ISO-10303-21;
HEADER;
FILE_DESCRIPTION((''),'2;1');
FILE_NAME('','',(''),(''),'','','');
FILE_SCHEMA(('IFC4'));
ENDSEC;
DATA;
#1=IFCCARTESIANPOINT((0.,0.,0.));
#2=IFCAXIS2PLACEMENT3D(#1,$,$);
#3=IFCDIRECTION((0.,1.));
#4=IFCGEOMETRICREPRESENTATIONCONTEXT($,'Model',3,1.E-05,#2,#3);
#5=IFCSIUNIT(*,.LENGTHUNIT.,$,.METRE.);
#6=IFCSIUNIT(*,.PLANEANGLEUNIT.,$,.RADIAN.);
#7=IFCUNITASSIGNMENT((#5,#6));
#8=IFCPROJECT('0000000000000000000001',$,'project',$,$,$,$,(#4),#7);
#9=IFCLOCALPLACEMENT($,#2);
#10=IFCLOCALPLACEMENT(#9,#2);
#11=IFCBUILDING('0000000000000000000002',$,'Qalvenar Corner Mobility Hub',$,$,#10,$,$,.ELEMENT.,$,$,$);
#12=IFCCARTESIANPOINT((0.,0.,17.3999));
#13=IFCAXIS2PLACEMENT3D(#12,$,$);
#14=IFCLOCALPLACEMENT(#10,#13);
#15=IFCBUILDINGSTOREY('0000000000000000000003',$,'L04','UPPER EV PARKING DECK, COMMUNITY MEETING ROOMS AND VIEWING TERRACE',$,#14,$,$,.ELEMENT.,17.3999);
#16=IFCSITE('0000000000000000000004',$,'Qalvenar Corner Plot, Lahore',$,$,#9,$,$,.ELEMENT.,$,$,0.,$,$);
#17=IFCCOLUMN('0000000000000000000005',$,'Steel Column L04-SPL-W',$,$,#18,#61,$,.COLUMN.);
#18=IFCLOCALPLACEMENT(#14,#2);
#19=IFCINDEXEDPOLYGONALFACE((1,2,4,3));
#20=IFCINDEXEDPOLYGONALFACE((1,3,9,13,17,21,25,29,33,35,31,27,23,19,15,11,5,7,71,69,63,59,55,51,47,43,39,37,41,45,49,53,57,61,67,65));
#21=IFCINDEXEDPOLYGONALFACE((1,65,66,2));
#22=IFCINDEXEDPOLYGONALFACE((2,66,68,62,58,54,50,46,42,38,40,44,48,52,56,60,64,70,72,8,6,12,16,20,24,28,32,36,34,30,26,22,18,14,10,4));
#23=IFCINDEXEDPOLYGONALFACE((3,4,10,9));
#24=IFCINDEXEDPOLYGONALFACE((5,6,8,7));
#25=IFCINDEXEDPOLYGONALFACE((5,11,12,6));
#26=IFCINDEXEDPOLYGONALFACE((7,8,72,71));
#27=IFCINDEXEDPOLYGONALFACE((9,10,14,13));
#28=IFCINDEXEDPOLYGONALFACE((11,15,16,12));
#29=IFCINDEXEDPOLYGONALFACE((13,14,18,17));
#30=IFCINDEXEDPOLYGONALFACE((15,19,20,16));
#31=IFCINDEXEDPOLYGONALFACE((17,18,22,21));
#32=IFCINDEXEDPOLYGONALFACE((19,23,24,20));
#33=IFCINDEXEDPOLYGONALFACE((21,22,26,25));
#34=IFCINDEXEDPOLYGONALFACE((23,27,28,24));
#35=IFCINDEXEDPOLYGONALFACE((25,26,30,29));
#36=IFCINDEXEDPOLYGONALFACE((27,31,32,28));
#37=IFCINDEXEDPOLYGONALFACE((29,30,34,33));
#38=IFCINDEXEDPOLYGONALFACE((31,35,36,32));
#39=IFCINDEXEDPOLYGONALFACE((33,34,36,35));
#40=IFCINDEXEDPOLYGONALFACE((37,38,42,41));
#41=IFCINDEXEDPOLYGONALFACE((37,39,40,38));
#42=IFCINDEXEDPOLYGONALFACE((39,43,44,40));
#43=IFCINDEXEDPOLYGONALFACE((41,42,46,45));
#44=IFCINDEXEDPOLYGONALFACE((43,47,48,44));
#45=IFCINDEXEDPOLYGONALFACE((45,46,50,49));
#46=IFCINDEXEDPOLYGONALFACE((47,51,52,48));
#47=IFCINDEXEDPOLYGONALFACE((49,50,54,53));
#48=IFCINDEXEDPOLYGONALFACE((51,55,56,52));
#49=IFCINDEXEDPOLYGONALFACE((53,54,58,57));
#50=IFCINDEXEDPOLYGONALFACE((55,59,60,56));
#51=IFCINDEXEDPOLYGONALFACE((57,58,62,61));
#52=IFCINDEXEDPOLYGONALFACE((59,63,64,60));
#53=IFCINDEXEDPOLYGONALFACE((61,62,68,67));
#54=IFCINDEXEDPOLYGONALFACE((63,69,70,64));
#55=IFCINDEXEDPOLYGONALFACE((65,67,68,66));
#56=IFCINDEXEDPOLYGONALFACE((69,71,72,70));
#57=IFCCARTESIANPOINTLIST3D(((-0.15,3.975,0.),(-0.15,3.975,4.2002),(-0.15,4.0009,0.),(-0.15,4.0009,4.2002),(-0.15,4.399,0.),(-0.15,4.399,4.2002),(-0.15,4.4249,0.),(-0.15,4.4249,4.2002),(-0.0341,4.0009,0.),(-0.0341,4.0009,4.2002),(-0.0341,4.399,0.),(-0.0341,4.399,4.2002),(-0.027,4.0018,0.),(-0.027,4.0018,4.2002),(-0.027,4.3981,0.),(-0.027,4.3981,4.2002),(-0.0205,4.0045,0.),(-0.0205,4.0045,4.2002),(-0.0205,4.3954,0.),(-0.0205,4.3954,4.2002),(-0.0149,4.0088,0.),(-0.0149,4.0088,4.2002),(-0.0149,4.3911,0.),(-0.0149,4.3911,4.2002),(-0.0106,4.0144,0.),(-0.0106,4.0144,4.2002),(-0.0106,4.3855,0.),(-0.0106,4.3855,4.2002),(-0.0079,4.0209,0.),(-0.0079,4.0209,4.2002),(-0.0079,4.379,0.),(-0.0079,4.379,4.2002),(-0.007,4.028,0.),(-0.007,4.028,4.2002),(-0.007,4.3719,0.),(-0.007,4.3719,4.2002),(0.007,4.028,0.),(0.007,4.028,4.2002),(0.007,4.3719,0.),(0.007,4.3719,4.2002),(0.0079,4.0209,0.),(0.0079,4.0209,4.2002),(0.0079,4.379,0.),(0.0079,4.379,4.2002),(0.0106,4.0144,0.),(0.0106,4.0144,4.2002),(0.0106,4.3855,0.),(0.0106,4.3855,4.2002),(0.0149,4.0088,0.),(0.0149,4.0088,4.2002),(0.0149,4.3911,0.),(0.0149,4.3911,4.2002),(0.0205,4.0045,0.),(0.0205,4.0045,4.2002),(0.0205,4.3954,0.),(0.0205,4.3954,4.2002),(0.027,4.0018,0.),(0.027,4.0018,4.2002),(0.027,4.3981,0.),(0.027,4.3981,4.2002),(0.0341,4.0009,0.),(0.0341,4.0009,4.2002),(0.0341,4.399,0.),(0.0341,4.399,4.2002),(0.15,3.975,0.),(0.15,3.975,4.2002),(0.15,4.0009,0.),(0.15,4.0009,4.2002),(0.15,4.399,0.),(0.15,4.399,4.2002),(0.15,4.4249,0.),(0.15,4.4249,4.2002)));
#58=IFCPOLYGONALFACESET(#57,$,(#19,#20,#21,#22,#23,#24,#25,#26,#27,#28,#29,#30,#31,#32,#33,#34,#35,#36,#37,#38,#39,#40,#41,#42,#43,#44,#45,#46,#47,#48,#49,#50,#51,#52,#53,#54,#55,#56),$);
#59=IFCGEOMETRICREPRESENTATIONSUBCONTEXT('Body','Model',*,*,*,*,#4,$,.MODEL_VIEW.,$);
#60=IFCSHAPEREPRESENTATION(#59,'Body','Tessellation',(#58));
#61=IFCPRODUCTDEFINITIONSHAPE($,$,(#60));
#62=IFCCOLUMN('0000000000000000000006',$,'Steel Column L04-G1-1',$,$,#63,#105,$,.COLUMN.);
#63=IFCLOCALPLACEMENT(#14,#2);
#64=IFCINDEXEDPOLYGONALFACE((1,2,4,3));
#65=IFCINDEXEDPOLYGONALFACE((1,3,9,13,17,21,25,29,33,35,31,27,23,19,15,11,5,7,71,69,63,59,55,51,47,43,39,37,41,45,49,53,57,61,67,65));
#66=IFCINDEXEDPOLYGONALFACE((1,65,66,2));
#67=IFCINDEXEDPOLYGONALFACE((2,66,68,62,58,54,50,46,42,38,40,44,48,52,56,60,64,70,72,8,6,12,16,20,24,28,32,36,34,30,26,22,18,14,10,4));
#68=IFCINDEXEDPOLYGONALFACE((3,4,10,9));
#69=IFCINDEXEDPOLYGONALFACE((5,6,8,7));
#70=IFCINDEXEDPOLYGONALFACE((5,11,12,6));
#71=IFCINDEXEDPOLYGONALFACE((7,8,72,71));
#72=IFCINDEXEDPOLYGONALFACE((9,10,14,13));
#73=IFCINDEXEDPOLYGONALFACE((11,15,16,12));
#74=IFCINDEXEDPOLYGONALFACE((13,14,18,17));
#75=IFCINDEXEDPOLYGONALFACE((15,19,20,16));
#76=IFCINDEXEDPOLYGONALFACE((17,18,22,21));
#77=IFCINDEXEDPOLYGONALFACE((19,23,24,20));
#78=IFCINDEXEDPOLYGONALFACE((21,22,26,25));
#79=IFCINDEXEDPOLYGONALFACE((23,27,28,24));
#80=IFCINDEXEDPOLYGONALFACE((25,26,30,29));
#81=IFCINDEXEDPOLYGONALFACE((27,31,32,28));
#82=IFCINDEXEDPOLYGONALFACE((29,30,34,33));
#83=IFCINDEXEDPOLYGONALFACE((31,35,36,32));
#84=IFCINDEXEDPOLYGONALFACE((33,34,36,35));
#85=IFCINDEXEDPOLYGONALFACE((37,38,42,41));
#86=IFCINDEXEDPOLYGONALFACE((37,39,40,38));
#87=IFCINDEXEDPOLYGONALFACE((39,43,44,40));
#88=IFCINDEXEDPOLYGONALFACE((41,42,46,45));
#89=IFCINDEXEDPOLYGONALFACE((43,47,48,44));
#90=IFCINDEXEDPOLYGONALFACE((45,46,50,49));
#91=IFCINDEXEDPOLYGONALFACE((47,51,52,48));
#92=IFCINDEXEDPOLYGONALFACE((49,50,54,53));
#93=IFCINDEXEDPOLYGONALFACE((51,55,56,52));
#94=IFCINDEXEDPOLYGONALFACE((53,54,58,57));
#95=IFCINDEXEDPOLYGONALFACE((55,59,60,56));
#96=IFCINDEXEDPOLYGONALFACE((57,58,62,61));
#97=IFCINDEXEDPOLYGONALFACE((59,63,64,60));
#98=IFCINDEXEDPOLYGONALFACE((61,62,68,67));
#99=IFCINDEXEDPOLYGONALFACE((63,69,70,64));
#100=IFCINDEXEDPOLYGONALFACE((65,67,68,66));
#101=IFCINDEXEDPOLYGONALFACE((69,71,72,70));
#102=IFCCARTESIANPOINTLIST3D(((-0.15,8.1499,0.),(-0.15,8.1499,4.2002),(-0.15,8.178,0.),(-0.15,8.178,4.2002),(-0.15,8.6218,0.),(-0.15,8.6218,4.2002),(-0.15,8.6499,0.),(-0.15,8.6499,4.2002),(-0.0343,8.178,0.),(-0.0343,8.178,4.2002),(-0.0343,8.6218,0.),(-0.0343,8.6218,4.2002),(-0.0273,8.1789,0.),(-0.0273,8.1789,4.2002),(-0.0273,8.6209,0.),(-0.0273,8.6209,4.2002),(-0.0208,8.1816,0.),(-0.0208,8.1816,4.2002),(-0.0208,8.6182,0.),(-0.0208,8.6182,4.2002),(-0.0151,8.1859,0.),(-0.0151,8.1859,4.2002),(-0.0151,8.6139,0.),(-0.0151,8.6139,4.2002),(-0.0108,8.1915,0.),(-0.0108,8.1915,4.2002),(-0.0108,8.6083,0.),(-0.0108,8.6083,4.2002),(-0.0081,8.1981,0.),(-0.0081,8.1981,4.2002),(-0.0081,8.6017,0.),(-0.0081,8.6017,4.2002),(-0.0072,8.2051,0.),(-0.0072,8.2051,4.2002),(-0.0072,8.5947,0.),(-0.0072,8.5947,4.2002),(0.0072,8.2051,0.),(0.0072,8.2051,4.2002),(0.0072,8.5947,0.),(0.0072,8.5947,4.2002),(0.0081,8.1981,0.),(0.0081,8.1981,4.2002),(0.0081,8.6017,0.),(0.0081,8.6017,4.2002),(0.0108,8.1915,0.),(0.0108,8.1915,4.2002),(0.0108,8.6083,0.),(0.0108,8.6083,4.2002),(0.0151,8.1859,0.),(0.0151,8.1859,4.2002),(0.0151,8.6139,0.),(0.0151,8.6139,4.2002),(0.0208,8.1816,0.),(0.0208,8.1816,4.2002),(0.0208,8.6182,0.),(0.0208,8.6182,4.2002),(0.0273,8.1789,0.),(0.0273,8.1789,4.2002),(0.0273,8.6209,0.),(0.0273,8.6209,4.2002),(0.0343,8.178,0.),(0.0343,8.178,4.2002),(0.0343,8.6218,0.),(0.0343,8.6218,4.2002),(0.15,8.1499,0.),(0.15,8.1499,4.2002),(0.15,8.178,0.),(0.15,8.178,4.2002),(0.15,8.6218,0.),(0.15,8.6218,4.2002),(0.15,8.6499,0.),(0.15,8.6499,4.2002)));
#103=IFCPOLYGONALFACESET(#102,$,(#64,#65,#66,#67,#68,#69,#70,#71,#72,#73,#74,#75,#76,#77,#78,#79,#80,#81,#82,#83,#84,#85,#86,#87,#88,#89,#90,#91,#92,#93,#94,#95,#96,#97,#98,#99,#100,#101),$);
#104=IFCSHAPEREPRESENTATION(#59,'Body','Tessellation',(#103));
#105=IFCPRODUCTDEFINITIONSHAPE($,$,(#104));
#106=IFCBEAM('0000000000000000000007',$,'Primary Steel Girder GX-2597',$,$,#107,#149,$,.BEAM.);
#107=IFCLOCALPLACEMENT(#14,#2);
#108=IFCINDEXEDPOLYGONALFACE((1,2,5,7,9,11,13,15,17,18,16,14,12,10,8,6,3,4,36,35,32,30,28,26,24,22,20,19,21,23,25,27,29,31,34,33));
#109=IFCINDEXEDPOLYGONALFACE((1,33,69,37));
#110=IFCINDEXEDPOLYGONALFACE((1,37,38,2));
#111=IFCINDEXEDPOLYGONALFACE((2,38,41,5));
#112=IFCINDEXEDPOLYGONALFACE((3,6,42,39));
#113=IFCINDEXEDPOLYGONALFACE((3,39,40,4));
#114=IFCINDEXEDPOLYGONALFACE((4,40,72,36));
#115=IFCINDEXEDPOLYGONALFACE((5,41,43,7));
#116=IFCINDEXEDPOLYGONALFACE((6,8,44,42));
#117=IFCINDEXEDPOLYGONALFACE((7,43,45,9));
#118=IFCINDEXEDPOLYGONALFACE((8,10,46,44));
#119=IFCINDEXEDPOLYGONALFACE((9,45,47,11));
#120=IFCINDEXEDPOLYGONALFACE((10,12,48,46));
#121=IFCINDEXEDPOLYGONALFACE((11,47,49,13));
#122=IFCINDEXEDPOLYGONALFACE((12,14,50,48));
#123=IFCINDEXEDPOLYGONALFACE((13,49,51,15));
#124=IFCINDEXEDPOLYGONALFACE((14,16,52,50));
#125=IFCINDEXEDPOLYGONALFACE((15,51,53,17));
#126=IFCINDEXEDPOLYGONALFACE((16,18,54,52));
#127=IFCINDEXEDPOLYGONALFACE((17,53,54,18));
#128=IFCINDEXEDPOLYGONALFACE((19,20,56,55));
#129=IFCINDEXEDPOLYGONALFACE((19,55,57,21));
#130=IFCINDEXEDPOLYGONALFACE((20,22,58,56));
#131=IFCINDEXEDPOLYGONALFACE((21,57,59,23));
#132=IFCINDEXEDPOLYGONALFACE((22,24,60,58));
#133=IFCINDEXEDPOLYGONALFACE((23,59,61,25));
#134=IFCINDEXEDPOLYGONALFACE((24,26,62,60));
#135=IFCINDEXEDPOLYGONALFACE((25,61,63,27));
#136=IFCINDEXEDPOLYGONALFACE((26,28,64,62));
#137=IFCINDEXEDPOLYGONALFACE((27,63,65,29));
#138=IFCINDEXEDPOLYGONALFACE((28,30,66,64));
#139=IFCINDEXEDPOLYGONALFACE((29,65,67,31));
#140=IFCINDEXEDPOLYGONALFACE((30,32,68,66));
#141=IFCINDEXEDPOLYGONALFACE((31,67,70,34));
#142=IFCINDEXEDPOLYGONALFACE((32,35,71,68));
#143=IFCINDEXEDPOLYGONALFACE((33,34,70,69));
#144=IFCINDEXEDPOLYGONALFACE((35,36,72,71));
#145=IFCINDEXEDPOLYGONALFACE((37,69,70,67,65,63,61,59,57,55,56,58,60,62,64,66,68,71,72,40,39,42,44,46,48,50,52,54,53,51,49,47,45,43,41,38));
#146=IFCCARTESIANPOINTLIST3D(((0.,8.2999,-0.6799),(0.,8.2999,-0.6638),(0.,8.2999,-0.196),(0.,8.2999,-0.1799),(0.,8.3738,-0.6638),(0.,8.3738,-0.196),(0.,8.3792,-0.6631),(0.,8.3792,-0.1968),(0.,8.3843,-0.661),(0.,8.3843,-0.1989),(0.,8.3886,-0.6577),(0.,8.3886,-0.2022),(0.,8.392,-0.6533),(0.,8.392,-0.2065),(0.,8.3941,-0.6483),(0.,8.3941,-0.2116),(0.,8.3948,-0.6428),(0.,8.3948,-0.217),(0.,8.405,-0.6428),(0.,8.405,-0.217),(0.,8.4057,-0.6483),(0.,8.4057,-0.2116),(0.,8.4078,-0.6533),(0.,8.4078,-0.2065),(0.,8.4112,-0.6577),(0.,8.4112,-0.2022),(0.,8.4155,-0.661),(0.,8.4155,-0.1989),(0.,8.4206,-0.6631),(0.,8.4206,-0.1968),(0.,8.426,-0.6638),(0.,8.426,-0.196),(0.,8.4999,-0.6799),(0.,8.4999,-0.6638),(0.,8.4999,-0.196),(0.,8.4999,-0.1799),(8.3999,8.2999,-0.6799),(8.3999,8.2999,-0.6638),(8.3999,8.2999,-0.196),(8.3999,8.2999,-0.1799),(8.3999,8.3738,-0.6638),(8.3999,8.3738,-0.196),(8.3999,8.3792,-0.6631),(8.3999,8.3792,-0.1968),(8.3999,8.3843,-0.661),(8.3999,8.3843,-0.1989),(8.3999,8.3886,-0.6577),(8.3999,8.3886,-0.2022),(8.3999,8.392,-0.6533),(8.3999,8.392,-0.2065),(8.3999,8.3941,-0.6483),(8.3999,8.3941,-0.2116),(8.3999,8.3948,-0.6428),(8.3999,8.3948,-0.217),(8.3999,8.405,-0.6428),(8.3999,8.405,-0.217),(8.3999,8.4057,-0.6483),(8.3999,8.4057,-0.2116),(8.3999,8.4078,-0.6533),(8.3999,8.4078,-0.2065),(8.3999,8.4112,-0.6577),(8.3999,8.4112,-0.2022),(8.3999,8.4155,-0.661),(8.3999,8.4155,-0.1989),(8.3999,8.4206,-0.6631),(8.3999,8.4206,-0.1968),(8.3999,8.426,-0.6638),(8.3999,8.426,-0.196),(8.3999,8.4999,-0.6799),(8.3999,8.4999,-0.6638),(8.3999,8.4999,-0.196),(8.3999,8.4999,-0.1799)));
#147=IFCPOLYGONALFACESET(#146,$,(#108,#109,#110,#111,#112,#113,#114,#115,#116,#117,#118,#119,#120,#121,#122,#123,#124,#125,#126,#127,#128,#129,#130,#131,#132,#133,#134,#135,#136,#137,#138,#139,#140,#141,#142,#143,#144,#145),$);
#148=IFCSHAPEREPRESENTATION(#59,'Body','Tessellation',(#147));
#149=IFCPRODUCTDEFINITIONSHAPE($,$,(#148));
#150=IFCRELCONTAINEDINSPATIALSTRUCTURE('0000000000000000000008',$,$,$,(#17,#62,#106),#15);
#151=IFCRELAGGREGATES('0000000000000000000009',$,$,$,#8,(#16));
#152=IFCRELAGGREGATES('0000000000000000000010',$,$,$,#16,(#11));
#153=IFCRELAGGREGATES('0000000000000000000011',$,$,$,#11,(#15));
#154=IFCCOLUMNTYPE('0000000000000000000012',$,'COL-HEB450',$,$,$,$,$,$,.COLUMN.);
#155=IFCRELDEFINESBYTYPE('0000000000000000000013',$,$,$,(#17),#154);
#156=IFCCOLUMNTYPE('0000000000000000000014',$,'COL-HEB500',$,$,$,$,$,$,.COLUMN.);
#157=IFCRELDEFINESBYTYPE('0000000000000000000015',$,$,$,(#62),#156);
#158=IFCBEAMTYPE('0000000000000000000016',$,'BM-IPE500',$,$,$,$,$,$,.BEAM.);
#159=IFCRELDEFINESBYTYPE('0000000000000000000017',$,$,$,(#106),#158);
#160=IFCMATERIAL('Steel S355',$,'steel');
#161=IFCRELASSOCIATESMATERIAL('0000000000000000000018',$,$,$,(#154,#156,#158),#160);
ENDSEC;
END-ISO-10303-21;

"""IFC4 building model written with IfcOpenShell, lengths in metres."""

from ifc_helpers import new_model, si_unit, direction, frame, origin, origin_2d, place, context, subcontext, project, spatial, i_section, extrude, material, material_profile, profile_set, type_object, element, save


model = new_model("IFC4")

# Units and contexts
model_context = context("Model", 3, precision=1e-05, world=origin(), true_north=direction((0.0, 1.0)))
body_context = subcontext(model_context, "Body", "Model", "MODEL_VIEW")
ifc_project = project(units=[si_unit("LENGTHUNIT", "METRE"), si_unit("PLANEANGLEUNIT", "RADIAN")], contexts=[model_context])

# Site, building, storey
site_placement = place(None, origin())
site = spatial("IfcSite", under=ifc_project, at=site_placement, Name="Qalvenar Corner Plot, Lahore", CompositionType="ELEMENT", RefElevation=0.0)
building_placement = place(site_placement, origin())
building = spatial("IfcBuilding", under=site, at=building_placement, Name="Qalvenar Corner Mobility Hub", CompositionType="ELEMENT")
storey_placement = place(building_placement, frame((0.0, 0.0, 17.3999)))
storey = spatial("IfcBuildingStorey", under=building, at=storey_placement, Name="L04", Description="UPPER EV PARKING DECK, COMMUNITY MEETING ROOMS AND VIEWING TERRACE", CompositionType="ELEMENT", Elevation=17.3999)

# Columns
ifc_material_1 = material(Name="Steel S355", Category="steel")
ifc_material_profile_1 = material_profile(ifc_material_1, i_section(OverallWidth=0.3, OverallDepth=0.45, WebThickness=0.0139, FlangeThickness=0.0259, FilletRadius=0.0271, at=origin_2d()), Name="HEB450")
ifc_profile_set_1 = profile_set([ifc_material_profile_1], Name="Steel S355")
column_type_1 = type_object("IfcColumnType", Name="COL-HEB450", PredefinedType="COLUMN", material=ifc_profile_set_1)
column_1_placement = place(storey_placement, frame((0.0, 4.2, 0.0), z_axis=(0.0, 0.0, 1.0), x_axis=(1.0, 0.0, 0.0)))
element("IfcColumn", 1, at=column_1_placement, inside=storey, type_object=column_type_1, Name="Steel Column L04-SPL-W", PredefinedType="COLUMN", context=body_context, shape_type="SweptSolid", body=[
    extrude(i_section(OverallWidth=0.3, OverallDepth=0.45, WebThickness=0.0139, FlangeThickness=0.0259, FilletRadius=0.0271, at=origin_2d()), origin(), (0.0, 0.0, 1.0), 4.2002),
])
ifc_material_profile_2 = material_profile(ifc_material_1, i_section(OverallWidth=0.3, OverallDepth=0.5, WebThickness=0.0144, FlangeThickness=0.0281, FilletRadius=0.0271, at=origin_2d()), Name="HEB500")
ifc_profile_set_2 = profile_set([ifc_material_profile_2], Name="Steel S355")
column_type_2 = type_object("IfcColumnType", Name="COL-HEB500", PredefinedType="COLUMN", material=ifc_profile_set_2)
column_2_placement = place(storey_placement, frame((0.0, 8.3999, 0.0), z_axis=(0.0, 0.0, 1.0), x_axis=(1.0, 0.0, 0.0)))
element("IfcColumn", 2, at=column_2_placement, inside=storey, type_object=column_type_2, Name="Steel Column L04-G1-1", PredefinedType="COLUMN", context=body_context, shape_type="SweptSolid", body=[
    extrude(i_section(OverallWidth=0.3, OverallDepth=0.5, WebThickness=0.0144, FlangeThickness=0.0281, FilletRadius=0.0271, at=origin_2d()), origin(), (0.0, 0.0, 1.0), 4.2002),
])

# Beam
ifc_material_profile_3 = material_profile(ifc_material_1, i_section(OverallWidth=0.2, OverallDepth=0.5, WebThickness=0.0103, FlangeThickness=0.0161, FilletRadius=0.021, at=origin_2d()), Name="IPE500")
ifc_profile_set_3 = profile_set([ifc_material_profile_3], Name="Steel S355")
beam_type_1 = type_object("IfcBeamType", Name="BM-IPE500", PredefinedType="BEAM", material=ifc_profile_set_3)
beam_1_placement = place(storey_placement, frame((0.0, 8.3999, -0.4299), z_axis=(1.0, 0.0, 0.0), x_axis=(0.0, 1.0, 0.0)))
element("IfcBeam", 3, at=beam_1_placement, inside=storey, type_object=beam_type_1, Name="Primary Steel Girder GX-2597", PredefinedType="BEAM", context=body_context, shape_type="SweptSolid", body=[
    extrude(i_section(OverallWidth=0.2, OverallDepth=0.5, WebThickness=0.0103, FlangeThickness=0.0161, FilletRadius=0.021, at=origin_2d()), origin(), (0.0, 0.0, 1.0), 8.3999),
])

save(model, "model.ifc")
